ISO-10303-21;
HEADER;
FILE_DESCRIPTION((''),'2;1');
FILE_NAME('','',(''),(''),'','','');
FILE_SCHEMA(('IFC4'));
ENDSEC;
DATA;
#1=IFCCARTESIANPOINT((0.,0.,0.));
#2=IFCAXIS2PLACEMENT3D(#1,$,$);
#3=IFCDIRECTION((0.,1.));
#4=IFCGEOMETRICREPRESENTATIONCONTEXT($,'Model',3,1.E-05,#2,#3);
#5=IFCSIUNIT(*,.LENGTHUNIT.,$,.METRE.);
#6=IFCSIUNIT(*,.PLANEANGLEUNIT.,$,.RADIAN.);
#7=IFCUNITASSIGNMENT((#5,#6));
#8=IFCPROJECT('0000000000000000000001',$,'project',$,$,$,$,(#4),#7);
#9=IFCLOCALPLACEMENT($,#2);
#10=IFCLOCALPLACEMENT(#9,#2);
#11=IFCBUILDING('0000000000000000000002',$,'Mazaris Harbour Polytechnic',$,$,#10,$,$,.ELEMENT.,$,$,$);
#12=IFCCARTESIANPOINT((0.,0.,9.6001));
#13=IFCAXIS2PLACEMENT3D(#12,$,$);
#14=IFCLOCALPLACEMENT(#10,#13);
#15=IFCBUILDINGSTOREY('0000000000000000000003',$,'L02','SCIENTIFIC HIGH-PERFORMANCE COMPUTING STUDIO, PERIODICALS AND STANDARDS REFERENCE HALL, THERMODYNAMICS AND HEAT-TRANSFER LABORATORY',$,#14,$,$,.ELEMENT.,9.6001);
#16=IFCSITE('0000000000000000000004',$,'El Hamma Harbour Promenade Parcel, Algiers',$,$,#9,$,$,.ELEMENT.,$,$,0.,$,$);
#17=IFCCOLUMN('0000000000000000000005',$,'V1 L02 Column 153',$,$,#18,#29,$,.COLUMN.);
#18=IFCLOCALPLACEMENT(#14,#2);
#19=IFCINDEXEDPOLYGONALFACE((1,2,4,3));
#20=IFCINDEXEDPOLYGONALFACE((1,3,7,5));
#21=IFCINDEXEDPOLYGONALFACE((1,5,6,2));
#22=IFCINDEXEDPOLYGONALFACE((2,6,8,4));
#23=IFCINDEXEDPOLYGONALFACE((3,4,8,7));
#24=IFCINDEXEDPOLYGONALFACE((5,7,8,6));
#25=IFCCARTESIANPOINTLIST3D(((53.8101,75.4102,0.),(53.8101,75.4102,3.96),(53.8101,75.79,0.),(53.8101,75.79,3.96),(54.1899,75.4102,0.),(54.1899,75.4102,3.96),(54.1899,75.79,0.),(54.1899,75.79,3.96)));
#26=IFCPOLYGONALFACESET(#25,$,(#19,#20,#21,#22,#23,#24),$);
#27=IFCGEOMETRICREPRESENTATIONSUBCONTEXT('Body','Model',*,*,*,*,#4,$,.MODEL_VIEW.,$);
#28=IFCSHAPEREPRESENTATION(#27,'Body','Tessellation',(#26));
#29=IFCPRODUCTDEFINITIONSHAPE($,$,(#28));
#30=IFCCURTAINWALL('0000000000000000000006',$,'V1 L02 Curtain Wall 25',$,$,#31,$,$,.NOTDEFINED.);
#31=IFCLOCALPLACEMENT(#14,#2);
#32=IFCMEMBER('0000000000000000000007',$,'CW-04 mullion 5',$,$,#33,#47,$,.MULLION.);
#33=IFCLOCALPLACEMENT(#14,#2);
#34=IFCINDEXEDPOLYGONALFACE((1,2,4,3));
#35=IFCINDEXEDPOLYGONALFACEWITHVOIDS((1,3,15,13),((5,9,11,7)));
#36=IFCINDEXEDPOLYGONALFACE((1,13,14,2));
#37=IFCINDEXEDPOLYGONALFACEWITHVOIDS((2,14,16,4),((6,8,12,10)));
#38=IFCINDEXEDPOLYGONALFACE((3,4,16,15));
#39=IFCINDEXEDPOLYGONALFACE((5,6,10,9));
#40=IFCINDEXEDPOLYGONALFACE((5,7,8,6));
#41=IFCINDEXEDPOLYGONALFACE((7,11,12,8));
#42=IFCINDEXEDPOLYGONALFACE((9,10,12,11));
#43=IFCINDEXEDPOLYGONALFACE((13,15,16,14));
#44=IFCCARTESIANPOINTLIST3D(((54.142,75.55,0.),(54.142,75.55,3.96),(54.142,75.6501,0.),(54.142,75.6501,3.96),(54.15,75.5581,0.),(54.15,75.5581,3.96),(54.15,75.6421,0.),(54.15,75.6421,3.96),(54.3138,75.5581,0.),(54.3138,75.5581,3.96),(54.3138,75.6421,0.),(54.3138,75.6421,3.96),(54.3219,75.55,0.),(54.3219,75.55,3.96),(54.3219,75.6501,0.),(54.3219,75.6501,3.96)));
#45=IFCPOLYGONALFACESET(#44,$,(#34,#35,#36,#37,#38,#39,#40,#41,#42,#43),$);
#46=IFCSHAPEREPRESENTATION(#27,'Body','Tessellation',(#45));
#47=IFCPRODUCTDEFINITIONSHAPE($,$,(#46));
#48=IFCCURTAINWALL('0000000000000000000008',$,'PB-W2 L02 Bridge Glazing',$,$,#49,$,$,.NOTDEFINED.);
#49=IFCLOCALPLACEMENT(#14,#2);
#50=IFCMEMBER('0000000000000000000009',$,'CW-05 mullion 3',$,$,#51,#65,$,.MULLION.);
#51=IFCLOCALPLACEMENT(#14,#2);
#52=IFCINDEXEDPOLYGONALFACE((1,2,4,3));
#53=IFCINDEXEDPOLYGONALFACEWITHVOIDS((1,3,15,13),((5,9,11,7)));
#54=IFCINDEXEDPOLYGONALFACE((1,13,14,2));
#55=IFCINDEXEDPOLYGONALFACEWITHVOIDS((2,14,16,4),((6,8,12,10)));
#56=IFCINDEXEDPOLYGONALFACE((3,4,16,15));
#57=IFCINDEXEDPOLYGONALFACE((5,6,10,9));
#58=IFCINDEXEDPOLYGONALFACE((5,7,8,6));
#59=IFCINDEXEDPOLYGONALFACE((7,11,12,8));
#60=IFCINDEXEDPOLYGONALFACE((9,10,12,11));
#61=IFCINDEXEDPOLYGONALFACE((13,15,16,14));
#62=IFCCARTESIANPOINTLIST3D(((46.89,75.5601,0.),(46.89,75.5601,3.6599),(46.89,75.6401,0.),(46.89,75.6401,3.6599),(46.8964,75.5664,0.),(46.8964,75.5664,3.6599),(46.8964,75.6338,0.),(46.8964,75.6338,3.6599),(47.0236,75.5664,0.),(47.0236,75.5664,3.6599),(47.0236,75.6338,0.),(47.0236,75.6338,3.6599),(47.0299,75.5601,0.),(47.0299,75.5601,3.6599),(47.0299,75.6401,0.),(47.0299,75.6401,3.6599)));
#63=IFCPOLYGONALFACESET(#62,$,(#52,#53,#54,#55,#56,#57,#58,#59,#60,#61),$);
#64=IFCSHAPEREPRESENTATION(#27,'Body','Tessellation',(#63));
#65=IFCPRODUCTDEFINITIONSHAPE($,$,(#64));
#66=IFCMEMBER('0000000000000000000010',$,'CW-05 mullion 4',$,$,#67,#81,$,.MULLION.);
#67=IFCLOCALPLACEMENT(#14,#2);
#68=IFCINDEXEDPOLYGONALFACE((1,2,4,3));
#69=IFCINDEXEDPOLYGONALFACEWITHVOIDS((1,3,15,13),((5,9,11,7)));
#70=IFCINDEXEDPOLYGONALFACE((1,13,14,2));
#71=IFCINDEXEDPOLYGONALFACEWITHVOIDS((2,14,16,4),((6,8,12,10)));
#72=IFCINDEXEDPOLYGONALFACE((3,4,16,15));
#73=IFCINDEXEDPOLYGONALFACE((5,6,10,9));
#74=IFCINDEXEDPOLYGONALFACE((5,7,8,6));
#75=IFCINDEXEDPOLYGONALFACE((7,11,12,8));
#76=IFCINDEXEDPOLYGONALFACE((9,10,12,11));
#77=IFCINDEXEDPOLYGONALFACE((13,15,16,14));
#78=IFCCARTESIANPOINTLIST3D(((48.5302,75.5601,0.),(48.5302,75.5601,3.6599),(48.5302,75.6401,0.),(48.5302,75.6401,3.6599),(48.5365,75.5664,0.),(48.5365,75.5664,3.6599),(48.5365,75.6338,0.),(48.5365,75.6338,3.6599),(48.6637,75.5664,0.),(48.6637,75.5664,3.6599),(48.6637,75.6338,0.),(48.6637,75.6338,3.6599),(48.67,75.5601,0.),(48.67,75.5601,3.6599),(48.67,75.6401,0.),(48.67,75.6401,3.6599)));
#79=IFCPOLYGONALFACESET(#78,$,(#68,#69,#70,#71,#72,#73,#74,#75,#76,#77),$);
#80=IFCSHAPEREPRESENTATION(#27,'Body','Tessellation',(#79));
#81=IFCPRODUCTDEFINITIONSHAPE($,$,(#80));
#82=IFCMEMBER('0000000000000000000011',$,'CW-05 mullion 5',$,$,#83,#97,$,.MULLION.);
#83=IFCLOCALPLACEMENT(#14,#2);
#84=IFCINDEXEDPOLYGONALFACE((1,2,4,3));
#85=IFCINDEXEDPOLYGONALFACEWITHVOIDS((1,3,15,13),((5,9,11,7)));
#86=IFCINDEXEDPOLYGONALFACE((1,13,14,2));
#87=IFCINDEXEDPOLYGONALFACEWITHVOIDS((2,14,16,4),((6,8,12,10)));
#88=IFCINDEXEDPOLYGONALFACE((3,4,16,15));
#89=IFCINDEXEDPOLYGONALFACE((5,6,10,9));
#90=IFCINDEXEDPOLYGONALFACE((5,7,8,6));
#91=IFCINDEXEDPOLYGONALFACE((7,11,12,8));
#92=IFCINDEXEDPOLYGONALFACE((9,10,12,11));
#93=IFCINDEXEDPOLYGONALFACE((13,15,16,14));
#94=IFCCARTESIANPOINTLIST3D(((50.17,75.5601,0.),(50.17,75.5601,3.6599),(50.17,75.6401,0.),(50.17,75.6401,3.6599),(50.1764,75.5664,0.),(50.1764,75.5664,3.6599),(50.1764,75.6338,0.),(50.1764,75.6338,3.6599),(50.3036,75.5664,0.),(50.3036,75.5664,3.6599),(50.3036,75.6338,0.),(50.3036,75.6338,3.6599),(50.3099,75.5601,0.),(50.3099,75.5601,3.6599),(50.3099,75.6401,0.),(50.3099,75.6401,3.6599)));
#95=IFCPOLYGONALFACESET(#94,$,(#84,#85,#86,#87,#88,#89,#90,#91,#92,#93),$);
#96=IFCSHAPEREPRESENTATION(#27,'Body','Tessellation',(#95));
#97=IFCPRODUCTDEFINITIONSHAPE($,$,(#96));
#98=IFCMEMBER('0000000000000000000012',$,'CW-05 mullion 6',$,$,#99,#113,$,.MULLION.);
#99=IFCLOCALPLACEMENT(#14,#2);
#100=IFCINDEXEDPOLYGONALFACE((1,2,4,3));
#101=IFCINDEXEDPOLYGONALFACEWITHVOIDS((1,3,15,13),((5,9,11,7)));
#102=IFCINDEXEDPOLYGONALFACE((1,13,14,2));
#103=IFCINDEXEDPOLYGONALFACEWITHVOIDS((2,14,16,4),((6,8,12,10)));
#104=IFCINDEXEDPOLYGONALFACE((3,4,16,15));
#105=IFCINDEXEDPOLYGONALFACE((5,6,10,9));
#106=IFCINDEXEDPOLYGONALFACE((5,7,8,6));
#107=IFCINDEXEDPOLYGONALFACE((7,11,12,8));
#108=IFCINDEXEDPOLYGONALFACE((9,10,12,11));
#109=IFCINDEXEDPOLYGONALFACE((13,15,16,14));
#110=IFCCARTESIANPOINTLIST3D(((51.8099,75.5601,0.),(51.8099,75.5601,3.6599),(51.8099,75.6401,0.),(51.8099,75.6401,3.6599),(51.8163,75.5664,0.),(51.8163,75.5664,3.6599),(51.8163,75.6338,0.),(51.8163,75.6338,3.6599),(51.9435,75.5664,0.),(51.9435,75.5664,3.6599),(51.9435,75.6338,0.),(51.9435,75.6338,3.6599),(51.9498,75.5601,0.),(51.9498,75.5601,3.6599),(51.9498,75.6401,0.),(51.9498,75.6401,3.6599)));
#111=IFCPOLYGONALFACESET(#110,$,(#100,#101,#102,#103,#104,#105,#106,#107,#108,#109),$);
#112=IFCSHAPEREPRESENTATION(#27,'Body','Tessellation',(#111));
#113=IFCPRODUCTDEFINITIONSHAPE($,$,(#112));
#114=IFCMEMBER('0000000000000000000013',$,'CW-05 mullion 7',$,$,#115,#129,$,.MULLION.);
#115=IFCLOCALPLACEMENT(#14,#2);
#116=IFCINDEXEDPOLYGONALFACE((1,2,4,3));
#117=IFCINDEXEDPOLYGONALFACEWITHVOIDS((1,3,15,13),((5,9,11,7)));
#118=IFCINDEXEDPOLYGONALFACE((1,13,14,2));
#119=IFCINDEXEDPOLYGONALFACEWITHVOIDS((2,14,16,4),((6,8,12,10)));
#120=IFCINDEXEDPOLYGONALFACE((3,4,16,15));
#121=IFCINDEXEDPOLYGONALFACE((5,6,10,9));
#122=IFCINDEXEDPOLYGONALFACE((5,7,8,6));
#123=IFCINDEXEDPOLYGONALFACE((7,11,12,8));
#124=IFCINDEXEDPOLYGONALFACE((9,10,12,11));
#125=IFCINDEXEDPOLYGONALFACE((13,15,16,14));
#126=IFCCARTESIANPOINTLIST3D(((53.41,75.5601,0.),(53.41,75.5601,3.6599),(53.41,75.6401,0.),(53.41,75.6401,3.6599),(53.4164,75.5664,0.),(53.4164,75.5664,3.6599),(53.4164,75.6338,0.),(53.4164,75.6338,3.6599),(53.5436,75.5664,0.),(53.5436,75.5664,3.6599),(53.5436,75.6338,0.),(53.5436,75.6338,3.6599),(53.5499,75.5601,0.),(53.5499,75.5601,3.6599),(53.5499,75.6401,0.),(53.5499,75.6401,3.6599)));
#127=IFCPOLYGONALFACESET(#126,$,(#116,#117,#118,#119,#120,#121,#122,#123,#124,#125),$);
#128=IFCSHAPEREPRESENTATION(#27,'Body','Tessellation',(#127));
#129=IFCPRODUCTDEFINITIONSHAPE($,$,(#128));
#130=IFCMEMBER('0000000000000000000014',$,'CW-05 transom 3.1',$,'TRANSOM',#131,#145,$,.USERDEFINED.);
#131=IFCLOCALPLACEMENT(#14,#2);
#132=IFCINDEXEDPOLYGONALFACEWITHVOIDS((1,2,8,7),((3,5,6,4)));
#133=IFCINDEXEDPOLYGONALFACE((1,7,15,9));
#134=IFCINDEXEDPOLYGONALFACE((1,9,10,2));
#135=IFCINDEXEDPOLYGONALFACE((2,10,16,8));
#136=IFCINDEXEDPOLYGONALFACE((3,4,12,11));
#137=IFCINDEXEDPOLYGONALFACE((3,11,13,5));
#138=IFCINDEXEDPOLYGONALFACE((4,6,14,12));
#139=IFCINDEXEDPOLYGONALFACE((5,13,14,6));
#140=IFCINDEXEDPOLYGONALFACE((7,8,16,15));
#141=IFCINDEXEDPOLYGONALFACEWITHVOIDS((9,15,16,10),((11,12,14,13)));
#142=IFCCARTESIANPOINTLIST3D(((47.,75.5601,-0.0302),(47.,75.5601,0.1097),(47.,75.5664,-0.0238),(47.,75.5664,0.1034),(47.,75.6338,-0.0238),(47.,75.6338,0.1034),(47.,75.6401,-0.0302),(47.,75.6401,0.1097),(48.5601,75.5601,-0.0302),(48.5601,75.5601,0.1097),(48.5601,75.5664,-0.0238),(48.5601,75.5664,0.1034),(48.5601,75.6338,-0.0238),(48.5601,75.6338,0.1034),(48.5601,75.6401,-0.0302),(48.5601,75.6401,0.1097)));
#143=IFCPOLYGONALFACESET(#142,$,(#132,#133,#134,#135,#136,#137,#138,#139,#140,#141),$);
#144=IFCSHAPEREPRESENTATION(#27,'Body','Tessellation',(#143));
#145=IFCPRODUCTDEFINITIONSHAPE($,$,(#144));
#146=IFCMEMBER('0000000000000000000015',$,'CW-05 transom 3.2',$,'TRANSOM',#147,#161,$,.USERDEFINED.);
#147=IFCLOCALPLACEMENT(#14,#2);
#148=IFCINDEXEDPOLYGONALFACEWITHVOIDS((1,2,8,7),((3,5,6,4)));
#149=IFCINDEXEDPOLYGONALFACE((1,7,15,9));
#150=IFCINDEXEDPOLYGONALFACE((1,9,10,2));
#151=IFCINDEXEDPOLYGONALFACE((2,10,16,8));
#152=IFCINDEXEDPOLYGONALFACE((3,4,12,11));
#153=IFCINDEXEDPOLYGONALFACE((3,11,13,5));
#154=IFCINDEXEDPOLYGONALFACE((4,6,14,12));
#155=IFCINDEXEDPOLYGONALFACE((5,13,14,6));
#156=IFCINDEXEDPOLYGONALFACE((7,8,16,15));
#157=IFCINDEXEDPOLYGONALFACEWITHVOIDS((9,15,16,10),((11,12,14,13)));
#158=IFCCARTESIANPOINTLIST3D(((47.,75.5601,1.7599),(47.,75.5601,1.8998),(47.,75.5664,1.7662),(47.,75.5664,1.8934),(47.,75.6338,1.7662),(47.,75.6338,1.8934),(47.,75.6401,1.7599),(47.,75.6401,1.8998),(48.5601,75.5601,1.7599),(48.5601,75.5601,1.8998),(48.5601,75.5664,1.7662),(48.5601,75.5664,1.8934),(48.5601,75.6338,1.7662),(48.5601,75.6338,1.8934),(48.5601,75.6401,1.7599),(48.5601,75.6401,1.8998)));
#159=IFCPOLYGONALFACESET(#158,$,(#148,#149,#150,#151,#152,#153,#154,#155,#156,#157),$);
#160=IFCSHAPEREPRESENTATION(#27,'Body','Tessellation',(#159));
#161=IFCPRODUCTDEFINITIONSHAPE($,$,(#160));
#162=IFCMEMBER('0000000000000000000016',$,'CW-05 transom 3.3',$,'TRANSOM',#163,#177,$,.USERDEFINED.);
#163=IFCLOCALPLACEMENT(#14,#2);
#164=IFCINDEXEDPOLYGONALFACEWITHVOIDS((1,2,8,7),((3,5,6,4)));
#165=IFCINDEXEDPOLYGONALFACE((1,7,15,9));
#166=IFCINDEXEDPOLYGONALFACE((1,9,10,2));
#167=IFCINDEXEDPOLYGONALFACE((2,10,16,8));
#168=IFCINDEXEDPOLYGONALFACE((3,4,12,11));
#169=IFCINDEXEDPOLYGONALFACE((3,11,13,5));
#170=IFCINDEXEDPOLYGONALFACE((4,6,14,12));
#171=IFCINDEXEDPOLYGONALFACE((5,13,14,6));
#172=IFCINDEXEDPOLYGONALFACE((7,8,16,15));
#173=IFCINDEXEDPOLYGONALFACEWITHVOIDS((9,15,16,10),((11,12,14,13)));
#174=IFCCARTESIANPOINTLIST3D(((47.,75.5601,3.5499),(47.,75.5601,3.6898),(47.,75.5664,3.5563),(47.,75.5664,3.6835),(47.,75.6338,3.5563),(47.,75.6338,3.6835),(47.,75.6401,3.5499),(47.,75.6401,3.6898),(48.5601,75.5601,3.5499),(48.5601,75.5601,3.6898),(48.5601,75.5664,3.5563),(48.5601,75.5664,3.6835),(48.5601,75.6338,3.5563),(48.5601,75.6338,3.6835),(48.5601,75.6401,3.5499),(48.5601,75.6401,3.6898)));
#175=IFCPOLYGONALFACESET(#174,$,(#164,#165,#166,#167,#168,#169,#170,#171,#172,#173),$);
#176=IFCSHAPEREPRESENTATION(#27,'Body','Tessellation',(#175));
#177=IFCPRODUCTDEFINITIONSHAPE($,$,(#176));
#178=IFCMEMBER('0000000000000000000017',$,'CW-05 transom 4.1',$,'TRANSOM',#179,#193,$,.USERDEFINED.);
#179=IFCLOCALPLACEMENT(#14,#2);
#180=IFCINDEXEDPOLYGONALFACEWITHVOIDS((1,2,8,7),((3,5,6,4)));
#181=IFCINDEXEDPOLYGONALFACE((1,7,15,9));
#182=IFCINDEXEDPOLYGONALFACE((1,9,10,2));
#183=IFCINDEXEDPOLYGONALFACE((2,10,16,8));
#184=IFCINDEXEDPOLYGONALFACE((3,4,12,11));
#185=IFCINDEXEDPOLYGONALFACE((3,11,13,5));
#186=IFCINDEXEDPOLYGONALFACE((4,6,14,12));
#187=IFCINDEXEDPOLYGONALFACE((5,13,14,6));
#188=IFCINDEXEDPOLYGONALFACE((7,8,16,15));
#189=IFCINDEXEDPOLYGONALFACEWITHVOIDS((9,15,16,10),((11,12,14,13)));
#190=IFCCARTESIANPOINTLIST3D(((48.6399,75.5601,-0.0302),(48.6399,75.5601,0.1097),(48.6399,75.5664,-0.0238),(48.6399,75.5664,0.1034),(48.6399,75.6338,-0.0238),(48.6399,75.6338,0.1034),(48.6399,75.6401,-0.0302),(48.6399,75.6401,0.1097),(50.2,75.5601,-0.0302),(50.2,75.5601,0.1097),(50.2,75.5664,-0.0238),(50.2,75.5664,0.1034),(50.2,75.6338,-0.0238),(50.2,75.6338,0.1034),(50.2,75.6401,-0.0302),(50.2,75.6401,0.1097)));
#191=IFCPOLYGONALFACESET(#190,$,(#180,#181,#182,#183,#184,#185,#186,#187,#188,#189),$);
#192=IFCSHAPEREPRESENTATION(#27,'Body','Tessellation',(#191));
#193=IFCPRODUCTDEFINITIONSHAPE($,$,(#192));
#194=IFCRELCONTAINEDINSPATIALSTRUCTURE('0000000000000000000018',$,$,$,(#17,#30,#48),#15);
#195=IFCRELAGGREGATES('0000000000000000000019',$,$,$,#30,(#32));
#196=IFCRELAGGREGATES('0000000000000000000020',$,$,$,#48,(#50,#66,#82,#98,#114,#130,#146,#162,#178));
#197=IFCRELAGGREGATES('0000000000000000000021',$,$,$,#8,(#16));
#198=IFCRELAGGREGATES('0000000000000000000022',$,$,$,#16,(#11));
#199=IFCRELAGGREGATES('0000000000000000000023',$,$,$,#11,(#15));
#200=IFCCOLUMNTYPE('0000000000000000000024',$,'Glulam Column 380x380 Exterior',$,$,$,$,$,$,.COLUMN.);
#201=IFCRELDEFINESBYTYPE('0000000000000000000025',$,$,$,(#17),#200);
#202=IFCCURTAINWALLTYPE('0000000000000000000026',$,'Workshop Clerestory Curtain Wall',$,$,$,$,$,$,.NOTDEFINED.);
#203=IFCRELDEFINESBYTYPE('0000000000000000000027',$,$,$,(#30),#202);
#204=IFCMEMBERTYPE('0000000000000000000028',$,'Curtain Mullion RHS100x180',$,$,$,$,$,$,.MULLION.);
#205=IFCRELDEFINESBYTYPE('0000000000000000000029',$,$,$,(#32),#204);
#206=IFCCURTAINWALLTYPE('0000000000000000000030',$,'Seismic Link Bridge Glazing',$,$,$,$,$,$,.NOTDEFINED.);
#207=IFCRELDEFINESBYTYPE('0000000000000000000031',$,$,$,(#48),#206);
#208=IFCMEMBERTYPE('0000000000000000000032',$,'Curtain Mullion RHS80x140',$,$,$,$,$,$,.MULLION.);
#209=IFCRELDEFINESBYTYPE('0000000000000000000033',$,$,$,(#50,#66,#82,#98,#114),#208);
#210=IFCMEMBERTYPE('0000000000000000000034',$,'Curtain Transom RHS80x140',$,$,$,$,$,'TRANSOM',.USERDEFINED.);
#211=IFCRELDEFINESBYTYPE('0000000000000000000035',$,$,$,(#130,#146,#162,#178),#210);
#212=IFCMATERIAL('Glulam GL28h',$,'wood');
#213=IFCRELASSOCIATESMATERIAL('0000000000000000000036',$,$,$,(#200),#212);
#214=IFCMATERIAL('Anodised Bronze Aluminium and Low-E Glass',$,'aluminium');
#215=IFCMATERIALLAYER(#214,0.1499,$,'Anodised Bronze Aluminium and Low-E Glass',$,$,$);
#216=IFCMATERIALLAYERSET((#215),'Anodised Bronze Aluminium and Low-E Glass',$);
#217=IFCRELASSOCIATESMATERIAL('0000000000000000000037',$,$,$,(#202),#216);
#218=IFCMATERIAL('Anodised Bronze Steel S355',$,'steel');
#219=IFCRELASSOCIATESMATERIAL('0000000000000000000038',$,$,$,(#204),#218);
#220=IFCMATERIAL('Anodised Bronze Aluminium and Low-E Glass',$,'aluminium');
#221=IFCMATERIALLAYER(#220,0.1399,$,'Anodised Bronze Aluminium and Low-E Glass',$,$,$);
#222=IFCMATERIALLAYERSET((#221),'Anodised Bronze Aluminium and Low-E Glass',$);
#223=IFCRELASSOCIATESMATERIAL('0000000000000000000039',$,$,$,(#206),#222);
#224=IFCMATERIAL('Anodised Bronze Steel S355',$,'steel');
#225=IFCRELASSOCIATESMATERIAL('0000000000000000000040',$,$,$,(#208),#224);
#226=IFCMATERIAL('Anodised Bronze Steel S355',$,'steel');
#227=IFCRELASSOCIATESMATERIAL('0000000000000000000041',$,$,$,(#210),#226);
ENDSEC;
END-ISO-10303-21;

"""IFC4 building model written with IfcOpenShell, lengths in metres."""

from ifc_helpers import new_model, si_unit, direction, frame, origin, origin_2d, place, context, subcontext, project, spatial, rectangle, hollow_rectangle, extrude, material, layer, layer_set, material_profile, profile_set, type_object, element, aggregate, save


model = new_model("IFC4")

# Units and contexts
model_context = context("Model", 3, precision=1e-05, world=origin(), true_north=direction((0.0, 1.0)))
body_context = subcontext(model_context, "Body", "Model", "MODEL_VIEW")
ifc_project = project(units=[si_unit("LENGTHUNIT", "METRE"), si_unit("PLANEANGLEUNIT", "RADIAN")], contexts=[model_context])

# Site, building, storey
site_placement = place(None, origin())
site = spatial("IfcSite", under=ifc_project, at=site_placement, Name="El Hamma Harbour Promenade Parcel, Algiers", CompositionType="ELEMENT", RefElevation=0.0)
building_placement = place(site_placement, origin())
building = spatial("IfcBuilding", under=site, at=building_placement, Name="Mazaris Harbour Polytechnic", CompositionType="ELEMENT")
storey_placement = place(building_placement, frame((0.0, 0.0, 9.6001)))
storey = spatial("IfcBuildingStorey", under=building, at=storey_placement, Name="L02", Description="SCIENTIFIC HIGH-PERFORMANCE COMPUTING STUDIO, PERIODICALS AND STANDARDS REFERENCE HALL, THERMODYNAMICS AND HEAT-TRANSFER LABORATORY", CompositionType="ELEMENT", Elevation=9.6001)

# Column
ifc_material_1 = material(Name="Glulam GL28h", Category="wood")
ifc_material_profile_1 = material_profile(ifc_material_1, rectangle(XDim=0.3799, YDim=0.3799, at=origin_2d()), Name="RECT380x380")
ifc_profile_set_1 = profile_set([ifc_material_profile_1], Name="Glulam GL28h")
column_type = type_object("IfcColumnType", Name="Glulam Column 380x380 Exterior", PredefinedType="COLUMN", material=ifc_profile_set_1)
column_placement = place(storey_placement, frame((54.0, 75.6001, 0.0), z_axis=(0.0, 0.0, 1.0), x_axis=(1.0, 0.0, 0.0)))
element("IfcColumn", 1, at=column_placement, inside=storey, type_object=column_type, Name="V1 L02 Column 153", PredefinedType="COLUMN", context=body_context, shape_type="SweptSolid", body=[
    extrude(rectangle(XDim=0.3799, YDim=0.3799, at=origin_2d()), origin(), (0.0, 0.0, 1.0), 3.96),
])

# Curtain wall, member
ifc_material_2 = material(Name="Anodised Bronze Aluminium and Low-E Glass", Category="aluminium")
ifc_layer_1 = layer(ifc_material_2, 0.1499, Name="Anodised Bronze Aluminium and Low-E Glass")
ifc_layer_set_1 = layer_set([ifc_layer_1], Name="Anodised Bronze Aluminium and Low-E Glass")
curtain_wall_type_1 = type_object("IfcCurtainWallType", Name="Workshop Clerestory Curtain Wall", PredefinedType="NOTDEFINED", material=ifc_layer_set_1)
curtain_wall_1_placement = place(storey_placement, origin())
curtain_wall_1 = element("IfcCurtainWall", 2, at=curtain_wall_1_placement, inside=storey, type_object=curtain_wall_type_1, Name="V1 L02 Curtain Wall 25", PredefinedType="NOTDEFINED")
ifc_material_3 = material(Name="Anodised Bronze Steel S355", Category="steel")
ifc_material_profile_2 = material_profile(ifc_material_3, hollow_rectangle(XDim=0.1001, YDim=0.1799, WallThickness=0.0081, at=origin_2d()), Name="RHS 100x180x8.0")
ifc_profile_set_2 = profile_set([ifc_material_profile_2], Name="Anodised Bronze Steel S355")
member_type_1 = type_object("IfcMemberType", Name="Curtain Mullion RHS100x180", PredefinedType="MULLION", material=ifc_profile_set_2)
member_1_placement = place(storey_placement, frame((54.2319, 75.6001, 0.0), z_axis=(0.0, 0.0, 1.0), x_axis=(0.0, -1.0, 0.0)))
member_1 = element("IfcMember", 3, at=member_1_placement, type_object=member_type_1, Name="CW-04 mullion 5", PredefinedType="MULLION", context=body_context, shape_type="SweptSolid", body=[
    extrude(hollow_rectangle(XDim=0.1001, YDim=0.1799, WallThickness=0.0081, at=origin_2d()), origin(), (0.0, 0.0, 1.0), 3.96),
])

# Curtain wall, members
ifc_material_4 = material(Name="Anodised Bronze Aluminium and Low-E Glass", Category="aluminium")
ifc_layer_2 = layer(ifc_material_4, 0.1399, Name="Anodised Bronze Aluminium and Low-E Glass")
ifc_layer_set_2 = layer_set([ifc_layer_2], Name="Anodised Bronze Aluminium and Low-E Glass")
curtain_wall_type_2 = type_object("IfcCurtainWallType", Name="Seismic Link Bridge Glazing", PredefinedType="NOTDEFINED", material=ifc_layer_set_2)
curtain_wall_2_placement = place(storey_placement, origin())
curtain_wall_2 = element("IfcCurtainWall", 4, at=curtain_wall_2_placement, inside=storey, type_object=curtain_wall_type_2, Name="PB-W2 L02 Bridge Glazing", PredefinedType="NOTDEFINED")
ifc_material_5 = material(Name="Anodised Bronze Steel S355", Category="steel")
ifc_material_profile_3 = material_profile(ifc_material_5, hollow_rectangle(XDim=0.0801, YDim=0.1399, WallThickness=0.0063, at=origin_2d()), Name="RHS 80x140x6.3")
ifc_profile_set_3 = profile_set([ifc_material_profile_3], Name="Anodised Bronze Steel S355")
member_type_2 = type_object("IfcMemberType", Name="Curtain Mullion RHS80x140", PredefinedType="MULLION", material=ifc_profile_set_3)
member_2_placement = place(storey_placement, frame((46.96, 75.6001, 0.0), z_axis=(0.0, 0.0, 1.0), x_axis=(0.0, 1.0, 0.0)))
member_2 = element("IfcMember", 5, at=member_2_placement, type_object=member_type_2, Name="CW-05 mullion 3", PredefinedType="MULLION", context=body_context, shape_type="SweptSolid", body=[
    extrude(hollow_rectangle(XDim=0.0801, YDim=0.1399, WallThickness=0.0063, at=origin_2d()), origin(), (0.0, 0.0, 1.0), 3.6599),
])
member_3_placement = place(storey_placement, frame((48.6001, 75.6001, 0.0), z_axis=(0.0, 0.0, 1.0), x_axis=(0.0, 1.0, 0.0)))
member_3 = element("IfcMember", 6, at=member_3_placement, type_object=member_type_2, Name="CW-05 mullion 4", PredefinedType="MULLION", context=body_context, shape_type="SweptSolid", body=[
    extrude(hollow_rectangle(XDim=0.0801, YDim=0.1399, WallThickness=0.0063, at=origin_2d()), origin(), (0.0, 0.0, 1.0), 3.6599),
])
member_4_placement = place(storey_placement, frame((50.24, 75.6001, 0.0), z_axis=(0.0, 0.0, 1.0), x_axis=(0.0, 1.0, 0.0)))
member_4 = element("IfcMember", 7, at=member_4_placement, type_object=member_type_2, Name="CW-05 mullion 5", PredefinedType="MULLION", context=body_context, shape_type="SweptSolid", body=[
    extrude(hollow_rectangle(XDim=0.0801, YDim=0.1399, WallThickness=0.0063, at=origin_2d()), origin(), (0.0, 0.0, 1.0), 3.6599),
])
member_5_placement = place(storey_placement, frame((51.8799, 75.6001, 0.0), z_axis=(0.0, 0.0, 1.0), x_axis=(0.0, 1.0, 0.0)))
member_5 = element("IfcMember", 8, at=member_5_placement, type_object=member_type_2, Name="CW-05 mullion 6", PredefinedType="MULLION", context=body_context, shape_type="SweptSolid", body=[
    extrude(hollow_rectangle(XDim=0.0801, YDim=0.1399, WallThickness=0.0063, at=origin_2d()), origin(), (0.0, 0.0, 1.0), 3.6599),
])
member_6_placement = place(storey_placement, frame((53.48, 75.6001, 0.0), z_axis=(0.0, 0.0, 1.0), x_axis=(0.0, 1.0, 0.0)))
member_6 = element("IfcMember", 9, at=member_6_placement, type_object=member_type_2, Name="CW-05 mullion 7", PredefinedType="MULLION", context=body_context, shape_type="SweptSolid", body=[
    extrude(hollow_rectangle(XDim=0.0801, YDim=0.1399, WallThickness=0.0063, at=origin_2d()), origin(), (0.0, 0.0, 1.0), 3.6599),
])
ifc_material_6 = material(Name="Anodised Bronze Steel S355", Category="steel")
ifc_material_profile_4 = material_profile(ifc_material_6, hollow_rectangle(XDim=0.0801, YDim=0.1399, WallThickness=0.0063, at=origin_2d()), Name="RHS 80x140x6.3")
ifc_profile_set_4 = profile_set([ifc_material_profile_4], Name="Anodised Bronze Steel S355")
member_type_3 = type_object("IfcMemberType", Name="Curtain Transom RHS80x140", ElementType="TRANSOM", PredefinedType="USERDEFINED", material=ifc_profile_set_4)
member_7_placement = place(storey_placement, frame((47.0, 75.6001, 0.0398), z_axis=(1.0, 0.0, 0.0), x_axis=(0.0, 1.0, 0.0)))
member_7 = element("IfcMember", 10, at=member_7_placement, type_object=member_type_3, Name="CW-05 transom 3.1", ObjectType="TRANSOM", PredefinedType="USERDEFINED", context=body_context, shape_type="SweptSolid", body=[
    extrude(hollow_rectangle(XDim=0.0801, YDim=0.1399, WallThickness=0.0063, at=origin_2d()), origin(), (0.0, 0.0, 1.0), 1.5601),
])
member_8_placement = place(storey_placement, frame((47.0, 75.6001, 1.8298), z_axis=(1.0, 0.0, 0.0), x_axis=(0.0, 1.0, 0.0)))
member_8 = element("IfcMember", 11, at=member_8_placement, type_object=member_type_3, Name="CW-05 transom 3.2", ObjectType="TRANSOM", PredefinedType="USERDEFINED", context=body_context, shape_type="SweptSolid", body=[
    extrude(hollow_rectangle(XDim=0.0801, YDim=0.1399, WallThickness=0.0063, at=origin_2d()), origin(), (0.0, 0.0, 1.0), 1.5601),
])
member_9_placement = place(storey_placement, frame((47.0, 75.6001, 3.6199), z_axis=(1.0, 0.0, 0.0), x_axis=(0.0, 1.0, 0.0)))
member_9 = element("IfcMember", 12, at=member_9_placement, type_object=member_type_3, Name="CW-05 transom 3.3", ObjectType="TRANSOM", PredefinedType="USERDEFINED", context=body_context, shape_type="SweptSolid", body=[
    extrude(hollow_rectangle(XDim=0.0801, YDim=0.1399, WallThickness=0.0063, at=origin_2d()), origin(), (0.0, 0.0, 1.0), 1.5601),
])
member_10_placement = place(storey_placement, frame((48.6399, 75.6001, 0.0398), z_axis=(1.0, 0.0, 0.0), x_axis=(0.0, 1.0, 0.0)))
member_10 = element("IfcMember", 13, at=member_10_placement, type_object=member_type_3, Name="CW-05 transom 4.1", ObjectType="TRANSOM", PredefinedType="USERDEFINED", context=body_context, shape_type="SweptSolid", body=[
    extrude(hollow_rectangle(XDim=0.0801, YDim=0.1399, WallThickness=0.0063, at=origin_2d()), origin(), (0.0, 0.0, 1.0), 1.5601),
])

aggregate(curtain_wall_1, [member_1])
aggregate(curtain_wall_2, [member_2, member_3, member_4, member_5, member_6, member_7, member_8, member_9, member_10])

save(model, "model.ifc")
